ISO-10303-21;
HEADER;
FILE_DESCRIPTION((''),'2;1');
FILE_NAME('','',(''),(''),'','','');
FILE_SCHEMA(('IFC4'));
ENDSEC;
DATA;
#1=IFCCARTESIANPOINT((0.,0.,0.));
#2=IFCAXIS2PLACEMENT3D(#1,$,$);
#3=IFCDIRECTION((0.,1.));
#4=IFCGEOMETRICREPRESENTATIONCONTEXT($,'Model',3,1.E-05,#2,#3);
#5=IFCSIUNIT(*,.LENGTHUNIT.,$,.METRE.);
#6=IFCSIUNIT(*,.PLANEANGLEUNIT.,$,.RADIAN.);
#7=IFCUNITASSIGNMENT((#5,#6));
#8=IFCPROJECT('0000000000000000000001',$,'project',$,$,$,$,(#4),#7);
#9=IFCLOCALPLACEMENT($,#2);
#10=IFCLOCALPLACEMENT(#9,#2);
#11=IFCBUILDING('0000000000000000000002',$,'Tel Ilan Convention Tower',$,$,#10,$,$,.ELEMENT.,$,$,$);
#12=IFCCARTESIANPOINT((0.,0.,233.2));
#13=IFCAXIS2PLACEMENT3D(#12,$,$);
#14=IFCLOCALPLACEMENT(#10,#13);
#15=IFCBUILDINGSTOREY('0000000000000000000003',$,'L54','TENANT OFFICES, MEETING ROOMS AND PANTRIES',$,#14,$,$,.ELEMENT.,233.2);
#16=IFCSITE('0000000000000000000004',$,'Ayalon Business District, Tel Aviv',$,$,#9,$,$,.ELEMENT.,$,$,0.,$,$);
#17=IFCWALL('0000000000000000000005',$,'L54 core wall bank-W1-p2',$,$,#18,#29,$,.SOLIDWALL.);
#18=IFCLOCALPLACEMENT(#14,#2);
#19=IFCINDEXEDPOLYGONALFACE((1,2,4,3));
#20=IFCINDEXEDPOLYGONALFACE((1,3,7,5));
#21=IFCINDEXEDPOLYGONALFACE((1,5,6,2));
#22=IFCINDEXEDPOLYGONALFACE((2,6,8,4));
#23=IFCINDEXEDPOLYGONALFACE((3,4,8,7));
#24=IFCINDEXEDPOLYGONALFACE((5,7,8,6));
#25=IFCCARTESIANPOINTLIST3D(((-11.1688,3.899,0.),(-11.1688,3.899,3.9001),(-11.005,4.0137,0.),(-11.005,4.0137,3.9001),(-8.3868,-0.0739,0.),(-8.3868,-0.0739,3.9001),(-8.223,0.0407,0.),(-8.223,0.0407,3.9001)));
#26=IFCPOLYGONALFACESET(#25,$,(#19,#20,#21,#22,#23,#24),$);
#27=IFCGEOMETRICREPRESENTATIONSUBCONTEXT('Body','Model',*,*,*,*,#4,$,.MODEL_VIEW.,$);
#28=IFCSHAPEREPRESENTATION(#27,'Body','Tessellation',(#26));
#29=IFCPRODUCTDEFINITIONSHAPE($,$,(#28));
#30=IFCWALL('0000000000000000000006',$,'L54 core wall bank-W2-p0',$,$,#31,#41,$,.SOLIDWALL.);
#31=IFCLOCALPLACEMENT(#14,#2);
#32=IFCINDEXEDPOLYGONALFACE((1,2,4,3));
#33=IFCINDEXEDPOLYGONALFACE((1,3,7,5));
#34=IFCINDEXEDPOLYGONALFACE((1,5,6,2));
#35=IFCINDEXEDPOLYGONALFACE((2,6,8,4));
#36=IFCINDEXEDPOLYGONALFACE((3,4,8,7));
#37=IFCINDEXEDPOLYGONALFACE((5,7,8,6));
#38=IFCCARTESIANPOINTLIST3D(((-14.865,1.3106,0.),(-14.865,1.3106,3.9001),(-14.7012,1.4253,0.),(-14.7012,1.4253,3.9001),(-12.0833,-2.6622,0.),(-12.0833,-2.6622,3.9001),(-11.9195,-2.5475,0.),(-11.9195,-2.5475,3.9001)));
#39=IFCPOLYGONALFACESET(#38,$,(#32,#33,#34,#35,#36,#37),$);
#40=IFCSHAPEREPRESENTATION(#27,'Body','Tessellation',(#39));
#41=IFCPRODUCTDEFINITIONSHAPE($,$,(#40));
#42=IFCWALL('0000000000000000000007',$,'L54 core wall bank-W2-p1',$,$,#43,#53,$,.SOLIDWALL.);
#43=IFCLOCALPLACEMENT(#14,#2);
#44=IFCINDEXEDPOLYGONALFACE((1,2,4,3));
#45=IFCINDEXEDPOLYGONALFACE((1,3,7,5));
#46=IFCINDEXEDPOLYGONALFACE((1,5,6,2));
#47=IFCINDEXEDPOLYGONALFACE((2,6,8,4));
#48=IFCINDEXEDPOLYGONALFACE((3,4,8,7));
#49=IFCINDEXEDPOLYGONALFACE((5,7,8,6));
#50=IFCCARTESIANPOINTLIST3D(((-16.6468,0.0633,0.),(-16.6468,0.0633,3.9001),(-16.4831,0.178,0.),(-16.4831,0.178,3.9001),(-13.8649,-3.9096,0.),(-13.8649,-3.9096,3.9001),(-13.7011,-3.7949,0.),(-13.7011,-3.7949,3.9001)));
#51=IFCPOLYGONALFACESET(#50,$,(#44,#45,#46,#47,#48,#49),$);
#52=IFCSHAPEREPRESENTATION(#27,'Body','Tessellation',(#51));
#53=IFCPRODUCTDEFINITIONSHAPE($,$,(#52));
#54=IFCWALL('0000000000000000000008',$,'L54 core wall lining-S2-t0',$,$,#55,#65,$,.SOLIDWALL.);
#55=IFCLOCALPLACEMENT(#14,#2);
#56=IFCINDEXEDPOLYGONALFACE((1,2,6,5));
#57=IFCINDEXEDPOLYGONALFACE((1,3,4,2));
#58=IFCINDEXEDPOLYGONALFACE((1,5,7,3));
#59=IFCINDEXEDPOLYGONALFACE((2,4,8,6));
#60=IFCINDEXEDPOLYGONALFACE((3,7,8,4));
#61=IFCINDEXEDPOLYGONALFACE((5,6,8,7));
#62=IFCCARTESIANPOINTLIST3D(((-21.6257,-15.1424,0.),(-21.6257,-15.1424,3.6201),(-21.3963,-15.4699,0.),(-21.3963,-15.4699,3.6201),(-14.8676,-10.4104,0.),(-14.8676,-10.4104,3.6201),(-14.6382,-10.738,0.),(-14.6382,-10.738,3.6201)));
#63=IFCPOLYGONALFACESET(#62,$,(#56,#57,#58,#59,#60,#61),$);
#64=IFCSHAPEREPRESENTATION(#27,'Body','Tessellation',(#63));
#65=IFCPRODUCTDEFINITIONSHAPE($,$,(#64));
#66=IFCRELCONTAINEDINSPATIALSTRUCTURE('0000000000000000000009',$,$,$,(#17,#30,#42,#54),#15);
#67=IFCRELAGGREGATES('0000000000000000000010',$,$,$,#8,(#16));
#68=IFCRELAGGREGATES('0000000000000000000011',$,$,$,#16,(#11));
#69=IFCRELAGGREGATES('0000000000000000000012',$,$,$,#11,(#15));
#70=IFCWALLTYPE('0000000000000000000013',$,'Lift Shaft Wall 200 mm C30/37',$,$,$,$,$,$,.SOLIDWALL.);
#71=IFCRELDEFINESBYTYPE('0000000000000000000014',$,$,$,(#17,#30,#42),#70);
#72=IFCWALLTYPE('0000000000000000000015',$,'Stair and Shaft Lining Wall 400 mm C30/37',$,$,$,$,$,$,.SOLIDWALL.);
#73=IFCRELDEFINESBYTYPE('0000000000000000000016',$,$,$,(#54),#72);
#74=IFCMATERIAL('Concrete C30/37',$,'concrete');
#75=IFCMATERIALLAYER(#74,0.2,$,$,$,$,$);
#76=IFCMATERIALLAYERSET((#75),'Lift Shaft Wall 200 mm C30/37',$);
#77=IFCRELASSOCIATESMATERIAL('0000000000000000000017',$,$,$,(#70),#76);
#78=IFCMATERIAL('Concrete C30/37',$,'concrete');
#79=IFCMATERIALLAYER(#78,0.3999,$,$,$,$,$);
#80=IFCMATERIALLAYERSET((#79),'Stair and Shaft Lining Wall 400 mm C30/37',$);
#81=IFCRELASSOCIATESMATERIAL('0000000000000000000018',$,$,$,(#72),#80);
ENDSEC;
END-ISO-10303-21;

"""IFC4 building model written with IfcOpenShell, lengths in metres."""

from ifc_helpers import new_model, si_unit, direction, frame, frame_2d, origin, place, context, subcontext, project, spatial, rectangle, extrude, material, layer, layer_set, type_object, element, save


model = new_model("IFC4")

# Units and contexts
model_context = context("Model", 3, precision=1e-05, world=origin(), true_north=direction((0.0, 1.0)))
body_context = subcontext(model_context, "Body", "Model", "MODEL_VIEW")
ifc_project = project(units=[si_unit("LENGTHUNIT", "METRE"), si_unit("PLANEANGLEUNIT", "RADIAN")], contexts=[model_context])

# Site, building, storey
site_placement = place(None, origin())
site = spatial("IfcSite", under=ifc_project, at=site_placement, Name="Ayalon Business District, Tel Aviv", CompositionType="ELEMENT", RefElevation=0.0)
building_placement = place(site_placement, origin())
building = spatial("IfcBuilding", under=site, at=building_placement, Name="Tel Ilan Convention Tower", CompositionType="ELEMENT")
storey_placement = place(building_placement, frame((0.0, 0.0, 233.2)))
storey = spatial("IfcBuildingStorey", under=building, at=storey_placement, Name="L54", Description="TENANT OFFICES, MEETING ROOMS AND PANTRIES", CompositionType="ELEMENT", Elevation=233.2)

# Walls
ifc_material_1 = material(Name="Concrete C30/37", Category="concrete")
ifc_layer_1 = layer(ifc_material_1, 0.2)
ifc_layer_set_1 = layer_set([ifc_layer_1], Name="Lift Shaft Wall 200 mm C30/37")
wall_type_1 = type_object("IfcWallType", Name="Lift Shaft Wall 200 mm C30/37", PredefinedType="SOLIDWALL", material=ifc_layer_set_1)
wall_1_placement = place(storey_placement, frame((-8.3049, -0.0166, 0.0), z_axis=(0.0, 0.0, 1.0), x_axis=(-0.573594, 0.81914, 0.0)))
element("IfcWall", 1, at=wall_1_placement, inside=storey, type_object=wall_type_1, Name="L54 core wall bank-W1-p2", PredefinedType="SOLIDWALL", context=body_context, shape_type="SweptSolid", body=[
    extrude(rectangle(XDim=4.8501, YDim=0.2, at=frame_2d((2.425, 0.0))), origin(), (0.0, 0.0, 1.0), 3.9001),
])
wall_2_placement = place(storey_placement, frame((-12.0015, -2.6047, 0.0), z_axis=(0.0, 0.0, 1.0), x_axis=(-0.57356, 0.819163, 0.0)))
element("IfcWall", 2, at=wall_2_placement, inside=storey, type_object=wall_type_1, Name="L54 core wall bank-W2-p0", PredefinedType="SOLIDWALL", context=body_context, shape_type="SweptSolid", body=[
    extrude(rectangle(XDim=4.8499, YDim=0.2, at=frame_2d((2.4248, 0.0))), origin(), (0.0, 0.0, 1.0), 3.9001),
])
wall_3_placement = place(storey_placement, frame((-13.783, -3.8523, 0.0), z_axis=(0.0, 0.0, 1.0), x_axis=(-0.573594, 0.81914, 0.0)))
element("IfcWall", 3, at=wall_3_placement, inside=storey, type_object=wall_type_1, Name="L54 core wall bank-W2-p1", PredefinedType="SOLIDWALL", context=body_context, shape_type="SweptSolid", body=[
    extrude(rectangle(XDim=4.8501, YDim=0.2, at=frame_2d((2.425, 0.0))), origin(), (0.0, 0.0, 1.0), 3.9001),
])
ifc_material_2 = material(Name="Concrete C30/37", Category="concrete")
ifc_layer_2 = layer(ifc_material_2, 0.3999)
ifc_layer_set_2 = layer_set([ifc_layer_2], Name="Stair and Shaft Lining Wall 400 mm C30/37")
wall_type_2 = type_object("IfcWallType", Name="Stair and Shaft Lining Wall 400 mm C30/37", PredefinedType="SOLIDWALL", material=ifc_layer_set_2)
wall_4_placement = place(storey_placement, frame((-14.7529, -10.5742, 0.0), z_axis=(0.0, 0.0, 1.0), x_axis=(-0.819158, -0.573568, 0.0)))
element("IfcWall", 4, at=wall_4_placement, inside=storey, type_object=wall_type_2, Name="L54 core wall lining-S2-t0", PredefinedType="SOLIDWALL", context=body_context, shape_type="SweptSolid", body=[
    extrude(rectangle(XDim=8.25, YDim=0.3999, at=frame_2d((4.125, 0.0))), origin(), (0.0, 0.0, 1.0), 3.6201),
])

save(model, "model.ifc")
